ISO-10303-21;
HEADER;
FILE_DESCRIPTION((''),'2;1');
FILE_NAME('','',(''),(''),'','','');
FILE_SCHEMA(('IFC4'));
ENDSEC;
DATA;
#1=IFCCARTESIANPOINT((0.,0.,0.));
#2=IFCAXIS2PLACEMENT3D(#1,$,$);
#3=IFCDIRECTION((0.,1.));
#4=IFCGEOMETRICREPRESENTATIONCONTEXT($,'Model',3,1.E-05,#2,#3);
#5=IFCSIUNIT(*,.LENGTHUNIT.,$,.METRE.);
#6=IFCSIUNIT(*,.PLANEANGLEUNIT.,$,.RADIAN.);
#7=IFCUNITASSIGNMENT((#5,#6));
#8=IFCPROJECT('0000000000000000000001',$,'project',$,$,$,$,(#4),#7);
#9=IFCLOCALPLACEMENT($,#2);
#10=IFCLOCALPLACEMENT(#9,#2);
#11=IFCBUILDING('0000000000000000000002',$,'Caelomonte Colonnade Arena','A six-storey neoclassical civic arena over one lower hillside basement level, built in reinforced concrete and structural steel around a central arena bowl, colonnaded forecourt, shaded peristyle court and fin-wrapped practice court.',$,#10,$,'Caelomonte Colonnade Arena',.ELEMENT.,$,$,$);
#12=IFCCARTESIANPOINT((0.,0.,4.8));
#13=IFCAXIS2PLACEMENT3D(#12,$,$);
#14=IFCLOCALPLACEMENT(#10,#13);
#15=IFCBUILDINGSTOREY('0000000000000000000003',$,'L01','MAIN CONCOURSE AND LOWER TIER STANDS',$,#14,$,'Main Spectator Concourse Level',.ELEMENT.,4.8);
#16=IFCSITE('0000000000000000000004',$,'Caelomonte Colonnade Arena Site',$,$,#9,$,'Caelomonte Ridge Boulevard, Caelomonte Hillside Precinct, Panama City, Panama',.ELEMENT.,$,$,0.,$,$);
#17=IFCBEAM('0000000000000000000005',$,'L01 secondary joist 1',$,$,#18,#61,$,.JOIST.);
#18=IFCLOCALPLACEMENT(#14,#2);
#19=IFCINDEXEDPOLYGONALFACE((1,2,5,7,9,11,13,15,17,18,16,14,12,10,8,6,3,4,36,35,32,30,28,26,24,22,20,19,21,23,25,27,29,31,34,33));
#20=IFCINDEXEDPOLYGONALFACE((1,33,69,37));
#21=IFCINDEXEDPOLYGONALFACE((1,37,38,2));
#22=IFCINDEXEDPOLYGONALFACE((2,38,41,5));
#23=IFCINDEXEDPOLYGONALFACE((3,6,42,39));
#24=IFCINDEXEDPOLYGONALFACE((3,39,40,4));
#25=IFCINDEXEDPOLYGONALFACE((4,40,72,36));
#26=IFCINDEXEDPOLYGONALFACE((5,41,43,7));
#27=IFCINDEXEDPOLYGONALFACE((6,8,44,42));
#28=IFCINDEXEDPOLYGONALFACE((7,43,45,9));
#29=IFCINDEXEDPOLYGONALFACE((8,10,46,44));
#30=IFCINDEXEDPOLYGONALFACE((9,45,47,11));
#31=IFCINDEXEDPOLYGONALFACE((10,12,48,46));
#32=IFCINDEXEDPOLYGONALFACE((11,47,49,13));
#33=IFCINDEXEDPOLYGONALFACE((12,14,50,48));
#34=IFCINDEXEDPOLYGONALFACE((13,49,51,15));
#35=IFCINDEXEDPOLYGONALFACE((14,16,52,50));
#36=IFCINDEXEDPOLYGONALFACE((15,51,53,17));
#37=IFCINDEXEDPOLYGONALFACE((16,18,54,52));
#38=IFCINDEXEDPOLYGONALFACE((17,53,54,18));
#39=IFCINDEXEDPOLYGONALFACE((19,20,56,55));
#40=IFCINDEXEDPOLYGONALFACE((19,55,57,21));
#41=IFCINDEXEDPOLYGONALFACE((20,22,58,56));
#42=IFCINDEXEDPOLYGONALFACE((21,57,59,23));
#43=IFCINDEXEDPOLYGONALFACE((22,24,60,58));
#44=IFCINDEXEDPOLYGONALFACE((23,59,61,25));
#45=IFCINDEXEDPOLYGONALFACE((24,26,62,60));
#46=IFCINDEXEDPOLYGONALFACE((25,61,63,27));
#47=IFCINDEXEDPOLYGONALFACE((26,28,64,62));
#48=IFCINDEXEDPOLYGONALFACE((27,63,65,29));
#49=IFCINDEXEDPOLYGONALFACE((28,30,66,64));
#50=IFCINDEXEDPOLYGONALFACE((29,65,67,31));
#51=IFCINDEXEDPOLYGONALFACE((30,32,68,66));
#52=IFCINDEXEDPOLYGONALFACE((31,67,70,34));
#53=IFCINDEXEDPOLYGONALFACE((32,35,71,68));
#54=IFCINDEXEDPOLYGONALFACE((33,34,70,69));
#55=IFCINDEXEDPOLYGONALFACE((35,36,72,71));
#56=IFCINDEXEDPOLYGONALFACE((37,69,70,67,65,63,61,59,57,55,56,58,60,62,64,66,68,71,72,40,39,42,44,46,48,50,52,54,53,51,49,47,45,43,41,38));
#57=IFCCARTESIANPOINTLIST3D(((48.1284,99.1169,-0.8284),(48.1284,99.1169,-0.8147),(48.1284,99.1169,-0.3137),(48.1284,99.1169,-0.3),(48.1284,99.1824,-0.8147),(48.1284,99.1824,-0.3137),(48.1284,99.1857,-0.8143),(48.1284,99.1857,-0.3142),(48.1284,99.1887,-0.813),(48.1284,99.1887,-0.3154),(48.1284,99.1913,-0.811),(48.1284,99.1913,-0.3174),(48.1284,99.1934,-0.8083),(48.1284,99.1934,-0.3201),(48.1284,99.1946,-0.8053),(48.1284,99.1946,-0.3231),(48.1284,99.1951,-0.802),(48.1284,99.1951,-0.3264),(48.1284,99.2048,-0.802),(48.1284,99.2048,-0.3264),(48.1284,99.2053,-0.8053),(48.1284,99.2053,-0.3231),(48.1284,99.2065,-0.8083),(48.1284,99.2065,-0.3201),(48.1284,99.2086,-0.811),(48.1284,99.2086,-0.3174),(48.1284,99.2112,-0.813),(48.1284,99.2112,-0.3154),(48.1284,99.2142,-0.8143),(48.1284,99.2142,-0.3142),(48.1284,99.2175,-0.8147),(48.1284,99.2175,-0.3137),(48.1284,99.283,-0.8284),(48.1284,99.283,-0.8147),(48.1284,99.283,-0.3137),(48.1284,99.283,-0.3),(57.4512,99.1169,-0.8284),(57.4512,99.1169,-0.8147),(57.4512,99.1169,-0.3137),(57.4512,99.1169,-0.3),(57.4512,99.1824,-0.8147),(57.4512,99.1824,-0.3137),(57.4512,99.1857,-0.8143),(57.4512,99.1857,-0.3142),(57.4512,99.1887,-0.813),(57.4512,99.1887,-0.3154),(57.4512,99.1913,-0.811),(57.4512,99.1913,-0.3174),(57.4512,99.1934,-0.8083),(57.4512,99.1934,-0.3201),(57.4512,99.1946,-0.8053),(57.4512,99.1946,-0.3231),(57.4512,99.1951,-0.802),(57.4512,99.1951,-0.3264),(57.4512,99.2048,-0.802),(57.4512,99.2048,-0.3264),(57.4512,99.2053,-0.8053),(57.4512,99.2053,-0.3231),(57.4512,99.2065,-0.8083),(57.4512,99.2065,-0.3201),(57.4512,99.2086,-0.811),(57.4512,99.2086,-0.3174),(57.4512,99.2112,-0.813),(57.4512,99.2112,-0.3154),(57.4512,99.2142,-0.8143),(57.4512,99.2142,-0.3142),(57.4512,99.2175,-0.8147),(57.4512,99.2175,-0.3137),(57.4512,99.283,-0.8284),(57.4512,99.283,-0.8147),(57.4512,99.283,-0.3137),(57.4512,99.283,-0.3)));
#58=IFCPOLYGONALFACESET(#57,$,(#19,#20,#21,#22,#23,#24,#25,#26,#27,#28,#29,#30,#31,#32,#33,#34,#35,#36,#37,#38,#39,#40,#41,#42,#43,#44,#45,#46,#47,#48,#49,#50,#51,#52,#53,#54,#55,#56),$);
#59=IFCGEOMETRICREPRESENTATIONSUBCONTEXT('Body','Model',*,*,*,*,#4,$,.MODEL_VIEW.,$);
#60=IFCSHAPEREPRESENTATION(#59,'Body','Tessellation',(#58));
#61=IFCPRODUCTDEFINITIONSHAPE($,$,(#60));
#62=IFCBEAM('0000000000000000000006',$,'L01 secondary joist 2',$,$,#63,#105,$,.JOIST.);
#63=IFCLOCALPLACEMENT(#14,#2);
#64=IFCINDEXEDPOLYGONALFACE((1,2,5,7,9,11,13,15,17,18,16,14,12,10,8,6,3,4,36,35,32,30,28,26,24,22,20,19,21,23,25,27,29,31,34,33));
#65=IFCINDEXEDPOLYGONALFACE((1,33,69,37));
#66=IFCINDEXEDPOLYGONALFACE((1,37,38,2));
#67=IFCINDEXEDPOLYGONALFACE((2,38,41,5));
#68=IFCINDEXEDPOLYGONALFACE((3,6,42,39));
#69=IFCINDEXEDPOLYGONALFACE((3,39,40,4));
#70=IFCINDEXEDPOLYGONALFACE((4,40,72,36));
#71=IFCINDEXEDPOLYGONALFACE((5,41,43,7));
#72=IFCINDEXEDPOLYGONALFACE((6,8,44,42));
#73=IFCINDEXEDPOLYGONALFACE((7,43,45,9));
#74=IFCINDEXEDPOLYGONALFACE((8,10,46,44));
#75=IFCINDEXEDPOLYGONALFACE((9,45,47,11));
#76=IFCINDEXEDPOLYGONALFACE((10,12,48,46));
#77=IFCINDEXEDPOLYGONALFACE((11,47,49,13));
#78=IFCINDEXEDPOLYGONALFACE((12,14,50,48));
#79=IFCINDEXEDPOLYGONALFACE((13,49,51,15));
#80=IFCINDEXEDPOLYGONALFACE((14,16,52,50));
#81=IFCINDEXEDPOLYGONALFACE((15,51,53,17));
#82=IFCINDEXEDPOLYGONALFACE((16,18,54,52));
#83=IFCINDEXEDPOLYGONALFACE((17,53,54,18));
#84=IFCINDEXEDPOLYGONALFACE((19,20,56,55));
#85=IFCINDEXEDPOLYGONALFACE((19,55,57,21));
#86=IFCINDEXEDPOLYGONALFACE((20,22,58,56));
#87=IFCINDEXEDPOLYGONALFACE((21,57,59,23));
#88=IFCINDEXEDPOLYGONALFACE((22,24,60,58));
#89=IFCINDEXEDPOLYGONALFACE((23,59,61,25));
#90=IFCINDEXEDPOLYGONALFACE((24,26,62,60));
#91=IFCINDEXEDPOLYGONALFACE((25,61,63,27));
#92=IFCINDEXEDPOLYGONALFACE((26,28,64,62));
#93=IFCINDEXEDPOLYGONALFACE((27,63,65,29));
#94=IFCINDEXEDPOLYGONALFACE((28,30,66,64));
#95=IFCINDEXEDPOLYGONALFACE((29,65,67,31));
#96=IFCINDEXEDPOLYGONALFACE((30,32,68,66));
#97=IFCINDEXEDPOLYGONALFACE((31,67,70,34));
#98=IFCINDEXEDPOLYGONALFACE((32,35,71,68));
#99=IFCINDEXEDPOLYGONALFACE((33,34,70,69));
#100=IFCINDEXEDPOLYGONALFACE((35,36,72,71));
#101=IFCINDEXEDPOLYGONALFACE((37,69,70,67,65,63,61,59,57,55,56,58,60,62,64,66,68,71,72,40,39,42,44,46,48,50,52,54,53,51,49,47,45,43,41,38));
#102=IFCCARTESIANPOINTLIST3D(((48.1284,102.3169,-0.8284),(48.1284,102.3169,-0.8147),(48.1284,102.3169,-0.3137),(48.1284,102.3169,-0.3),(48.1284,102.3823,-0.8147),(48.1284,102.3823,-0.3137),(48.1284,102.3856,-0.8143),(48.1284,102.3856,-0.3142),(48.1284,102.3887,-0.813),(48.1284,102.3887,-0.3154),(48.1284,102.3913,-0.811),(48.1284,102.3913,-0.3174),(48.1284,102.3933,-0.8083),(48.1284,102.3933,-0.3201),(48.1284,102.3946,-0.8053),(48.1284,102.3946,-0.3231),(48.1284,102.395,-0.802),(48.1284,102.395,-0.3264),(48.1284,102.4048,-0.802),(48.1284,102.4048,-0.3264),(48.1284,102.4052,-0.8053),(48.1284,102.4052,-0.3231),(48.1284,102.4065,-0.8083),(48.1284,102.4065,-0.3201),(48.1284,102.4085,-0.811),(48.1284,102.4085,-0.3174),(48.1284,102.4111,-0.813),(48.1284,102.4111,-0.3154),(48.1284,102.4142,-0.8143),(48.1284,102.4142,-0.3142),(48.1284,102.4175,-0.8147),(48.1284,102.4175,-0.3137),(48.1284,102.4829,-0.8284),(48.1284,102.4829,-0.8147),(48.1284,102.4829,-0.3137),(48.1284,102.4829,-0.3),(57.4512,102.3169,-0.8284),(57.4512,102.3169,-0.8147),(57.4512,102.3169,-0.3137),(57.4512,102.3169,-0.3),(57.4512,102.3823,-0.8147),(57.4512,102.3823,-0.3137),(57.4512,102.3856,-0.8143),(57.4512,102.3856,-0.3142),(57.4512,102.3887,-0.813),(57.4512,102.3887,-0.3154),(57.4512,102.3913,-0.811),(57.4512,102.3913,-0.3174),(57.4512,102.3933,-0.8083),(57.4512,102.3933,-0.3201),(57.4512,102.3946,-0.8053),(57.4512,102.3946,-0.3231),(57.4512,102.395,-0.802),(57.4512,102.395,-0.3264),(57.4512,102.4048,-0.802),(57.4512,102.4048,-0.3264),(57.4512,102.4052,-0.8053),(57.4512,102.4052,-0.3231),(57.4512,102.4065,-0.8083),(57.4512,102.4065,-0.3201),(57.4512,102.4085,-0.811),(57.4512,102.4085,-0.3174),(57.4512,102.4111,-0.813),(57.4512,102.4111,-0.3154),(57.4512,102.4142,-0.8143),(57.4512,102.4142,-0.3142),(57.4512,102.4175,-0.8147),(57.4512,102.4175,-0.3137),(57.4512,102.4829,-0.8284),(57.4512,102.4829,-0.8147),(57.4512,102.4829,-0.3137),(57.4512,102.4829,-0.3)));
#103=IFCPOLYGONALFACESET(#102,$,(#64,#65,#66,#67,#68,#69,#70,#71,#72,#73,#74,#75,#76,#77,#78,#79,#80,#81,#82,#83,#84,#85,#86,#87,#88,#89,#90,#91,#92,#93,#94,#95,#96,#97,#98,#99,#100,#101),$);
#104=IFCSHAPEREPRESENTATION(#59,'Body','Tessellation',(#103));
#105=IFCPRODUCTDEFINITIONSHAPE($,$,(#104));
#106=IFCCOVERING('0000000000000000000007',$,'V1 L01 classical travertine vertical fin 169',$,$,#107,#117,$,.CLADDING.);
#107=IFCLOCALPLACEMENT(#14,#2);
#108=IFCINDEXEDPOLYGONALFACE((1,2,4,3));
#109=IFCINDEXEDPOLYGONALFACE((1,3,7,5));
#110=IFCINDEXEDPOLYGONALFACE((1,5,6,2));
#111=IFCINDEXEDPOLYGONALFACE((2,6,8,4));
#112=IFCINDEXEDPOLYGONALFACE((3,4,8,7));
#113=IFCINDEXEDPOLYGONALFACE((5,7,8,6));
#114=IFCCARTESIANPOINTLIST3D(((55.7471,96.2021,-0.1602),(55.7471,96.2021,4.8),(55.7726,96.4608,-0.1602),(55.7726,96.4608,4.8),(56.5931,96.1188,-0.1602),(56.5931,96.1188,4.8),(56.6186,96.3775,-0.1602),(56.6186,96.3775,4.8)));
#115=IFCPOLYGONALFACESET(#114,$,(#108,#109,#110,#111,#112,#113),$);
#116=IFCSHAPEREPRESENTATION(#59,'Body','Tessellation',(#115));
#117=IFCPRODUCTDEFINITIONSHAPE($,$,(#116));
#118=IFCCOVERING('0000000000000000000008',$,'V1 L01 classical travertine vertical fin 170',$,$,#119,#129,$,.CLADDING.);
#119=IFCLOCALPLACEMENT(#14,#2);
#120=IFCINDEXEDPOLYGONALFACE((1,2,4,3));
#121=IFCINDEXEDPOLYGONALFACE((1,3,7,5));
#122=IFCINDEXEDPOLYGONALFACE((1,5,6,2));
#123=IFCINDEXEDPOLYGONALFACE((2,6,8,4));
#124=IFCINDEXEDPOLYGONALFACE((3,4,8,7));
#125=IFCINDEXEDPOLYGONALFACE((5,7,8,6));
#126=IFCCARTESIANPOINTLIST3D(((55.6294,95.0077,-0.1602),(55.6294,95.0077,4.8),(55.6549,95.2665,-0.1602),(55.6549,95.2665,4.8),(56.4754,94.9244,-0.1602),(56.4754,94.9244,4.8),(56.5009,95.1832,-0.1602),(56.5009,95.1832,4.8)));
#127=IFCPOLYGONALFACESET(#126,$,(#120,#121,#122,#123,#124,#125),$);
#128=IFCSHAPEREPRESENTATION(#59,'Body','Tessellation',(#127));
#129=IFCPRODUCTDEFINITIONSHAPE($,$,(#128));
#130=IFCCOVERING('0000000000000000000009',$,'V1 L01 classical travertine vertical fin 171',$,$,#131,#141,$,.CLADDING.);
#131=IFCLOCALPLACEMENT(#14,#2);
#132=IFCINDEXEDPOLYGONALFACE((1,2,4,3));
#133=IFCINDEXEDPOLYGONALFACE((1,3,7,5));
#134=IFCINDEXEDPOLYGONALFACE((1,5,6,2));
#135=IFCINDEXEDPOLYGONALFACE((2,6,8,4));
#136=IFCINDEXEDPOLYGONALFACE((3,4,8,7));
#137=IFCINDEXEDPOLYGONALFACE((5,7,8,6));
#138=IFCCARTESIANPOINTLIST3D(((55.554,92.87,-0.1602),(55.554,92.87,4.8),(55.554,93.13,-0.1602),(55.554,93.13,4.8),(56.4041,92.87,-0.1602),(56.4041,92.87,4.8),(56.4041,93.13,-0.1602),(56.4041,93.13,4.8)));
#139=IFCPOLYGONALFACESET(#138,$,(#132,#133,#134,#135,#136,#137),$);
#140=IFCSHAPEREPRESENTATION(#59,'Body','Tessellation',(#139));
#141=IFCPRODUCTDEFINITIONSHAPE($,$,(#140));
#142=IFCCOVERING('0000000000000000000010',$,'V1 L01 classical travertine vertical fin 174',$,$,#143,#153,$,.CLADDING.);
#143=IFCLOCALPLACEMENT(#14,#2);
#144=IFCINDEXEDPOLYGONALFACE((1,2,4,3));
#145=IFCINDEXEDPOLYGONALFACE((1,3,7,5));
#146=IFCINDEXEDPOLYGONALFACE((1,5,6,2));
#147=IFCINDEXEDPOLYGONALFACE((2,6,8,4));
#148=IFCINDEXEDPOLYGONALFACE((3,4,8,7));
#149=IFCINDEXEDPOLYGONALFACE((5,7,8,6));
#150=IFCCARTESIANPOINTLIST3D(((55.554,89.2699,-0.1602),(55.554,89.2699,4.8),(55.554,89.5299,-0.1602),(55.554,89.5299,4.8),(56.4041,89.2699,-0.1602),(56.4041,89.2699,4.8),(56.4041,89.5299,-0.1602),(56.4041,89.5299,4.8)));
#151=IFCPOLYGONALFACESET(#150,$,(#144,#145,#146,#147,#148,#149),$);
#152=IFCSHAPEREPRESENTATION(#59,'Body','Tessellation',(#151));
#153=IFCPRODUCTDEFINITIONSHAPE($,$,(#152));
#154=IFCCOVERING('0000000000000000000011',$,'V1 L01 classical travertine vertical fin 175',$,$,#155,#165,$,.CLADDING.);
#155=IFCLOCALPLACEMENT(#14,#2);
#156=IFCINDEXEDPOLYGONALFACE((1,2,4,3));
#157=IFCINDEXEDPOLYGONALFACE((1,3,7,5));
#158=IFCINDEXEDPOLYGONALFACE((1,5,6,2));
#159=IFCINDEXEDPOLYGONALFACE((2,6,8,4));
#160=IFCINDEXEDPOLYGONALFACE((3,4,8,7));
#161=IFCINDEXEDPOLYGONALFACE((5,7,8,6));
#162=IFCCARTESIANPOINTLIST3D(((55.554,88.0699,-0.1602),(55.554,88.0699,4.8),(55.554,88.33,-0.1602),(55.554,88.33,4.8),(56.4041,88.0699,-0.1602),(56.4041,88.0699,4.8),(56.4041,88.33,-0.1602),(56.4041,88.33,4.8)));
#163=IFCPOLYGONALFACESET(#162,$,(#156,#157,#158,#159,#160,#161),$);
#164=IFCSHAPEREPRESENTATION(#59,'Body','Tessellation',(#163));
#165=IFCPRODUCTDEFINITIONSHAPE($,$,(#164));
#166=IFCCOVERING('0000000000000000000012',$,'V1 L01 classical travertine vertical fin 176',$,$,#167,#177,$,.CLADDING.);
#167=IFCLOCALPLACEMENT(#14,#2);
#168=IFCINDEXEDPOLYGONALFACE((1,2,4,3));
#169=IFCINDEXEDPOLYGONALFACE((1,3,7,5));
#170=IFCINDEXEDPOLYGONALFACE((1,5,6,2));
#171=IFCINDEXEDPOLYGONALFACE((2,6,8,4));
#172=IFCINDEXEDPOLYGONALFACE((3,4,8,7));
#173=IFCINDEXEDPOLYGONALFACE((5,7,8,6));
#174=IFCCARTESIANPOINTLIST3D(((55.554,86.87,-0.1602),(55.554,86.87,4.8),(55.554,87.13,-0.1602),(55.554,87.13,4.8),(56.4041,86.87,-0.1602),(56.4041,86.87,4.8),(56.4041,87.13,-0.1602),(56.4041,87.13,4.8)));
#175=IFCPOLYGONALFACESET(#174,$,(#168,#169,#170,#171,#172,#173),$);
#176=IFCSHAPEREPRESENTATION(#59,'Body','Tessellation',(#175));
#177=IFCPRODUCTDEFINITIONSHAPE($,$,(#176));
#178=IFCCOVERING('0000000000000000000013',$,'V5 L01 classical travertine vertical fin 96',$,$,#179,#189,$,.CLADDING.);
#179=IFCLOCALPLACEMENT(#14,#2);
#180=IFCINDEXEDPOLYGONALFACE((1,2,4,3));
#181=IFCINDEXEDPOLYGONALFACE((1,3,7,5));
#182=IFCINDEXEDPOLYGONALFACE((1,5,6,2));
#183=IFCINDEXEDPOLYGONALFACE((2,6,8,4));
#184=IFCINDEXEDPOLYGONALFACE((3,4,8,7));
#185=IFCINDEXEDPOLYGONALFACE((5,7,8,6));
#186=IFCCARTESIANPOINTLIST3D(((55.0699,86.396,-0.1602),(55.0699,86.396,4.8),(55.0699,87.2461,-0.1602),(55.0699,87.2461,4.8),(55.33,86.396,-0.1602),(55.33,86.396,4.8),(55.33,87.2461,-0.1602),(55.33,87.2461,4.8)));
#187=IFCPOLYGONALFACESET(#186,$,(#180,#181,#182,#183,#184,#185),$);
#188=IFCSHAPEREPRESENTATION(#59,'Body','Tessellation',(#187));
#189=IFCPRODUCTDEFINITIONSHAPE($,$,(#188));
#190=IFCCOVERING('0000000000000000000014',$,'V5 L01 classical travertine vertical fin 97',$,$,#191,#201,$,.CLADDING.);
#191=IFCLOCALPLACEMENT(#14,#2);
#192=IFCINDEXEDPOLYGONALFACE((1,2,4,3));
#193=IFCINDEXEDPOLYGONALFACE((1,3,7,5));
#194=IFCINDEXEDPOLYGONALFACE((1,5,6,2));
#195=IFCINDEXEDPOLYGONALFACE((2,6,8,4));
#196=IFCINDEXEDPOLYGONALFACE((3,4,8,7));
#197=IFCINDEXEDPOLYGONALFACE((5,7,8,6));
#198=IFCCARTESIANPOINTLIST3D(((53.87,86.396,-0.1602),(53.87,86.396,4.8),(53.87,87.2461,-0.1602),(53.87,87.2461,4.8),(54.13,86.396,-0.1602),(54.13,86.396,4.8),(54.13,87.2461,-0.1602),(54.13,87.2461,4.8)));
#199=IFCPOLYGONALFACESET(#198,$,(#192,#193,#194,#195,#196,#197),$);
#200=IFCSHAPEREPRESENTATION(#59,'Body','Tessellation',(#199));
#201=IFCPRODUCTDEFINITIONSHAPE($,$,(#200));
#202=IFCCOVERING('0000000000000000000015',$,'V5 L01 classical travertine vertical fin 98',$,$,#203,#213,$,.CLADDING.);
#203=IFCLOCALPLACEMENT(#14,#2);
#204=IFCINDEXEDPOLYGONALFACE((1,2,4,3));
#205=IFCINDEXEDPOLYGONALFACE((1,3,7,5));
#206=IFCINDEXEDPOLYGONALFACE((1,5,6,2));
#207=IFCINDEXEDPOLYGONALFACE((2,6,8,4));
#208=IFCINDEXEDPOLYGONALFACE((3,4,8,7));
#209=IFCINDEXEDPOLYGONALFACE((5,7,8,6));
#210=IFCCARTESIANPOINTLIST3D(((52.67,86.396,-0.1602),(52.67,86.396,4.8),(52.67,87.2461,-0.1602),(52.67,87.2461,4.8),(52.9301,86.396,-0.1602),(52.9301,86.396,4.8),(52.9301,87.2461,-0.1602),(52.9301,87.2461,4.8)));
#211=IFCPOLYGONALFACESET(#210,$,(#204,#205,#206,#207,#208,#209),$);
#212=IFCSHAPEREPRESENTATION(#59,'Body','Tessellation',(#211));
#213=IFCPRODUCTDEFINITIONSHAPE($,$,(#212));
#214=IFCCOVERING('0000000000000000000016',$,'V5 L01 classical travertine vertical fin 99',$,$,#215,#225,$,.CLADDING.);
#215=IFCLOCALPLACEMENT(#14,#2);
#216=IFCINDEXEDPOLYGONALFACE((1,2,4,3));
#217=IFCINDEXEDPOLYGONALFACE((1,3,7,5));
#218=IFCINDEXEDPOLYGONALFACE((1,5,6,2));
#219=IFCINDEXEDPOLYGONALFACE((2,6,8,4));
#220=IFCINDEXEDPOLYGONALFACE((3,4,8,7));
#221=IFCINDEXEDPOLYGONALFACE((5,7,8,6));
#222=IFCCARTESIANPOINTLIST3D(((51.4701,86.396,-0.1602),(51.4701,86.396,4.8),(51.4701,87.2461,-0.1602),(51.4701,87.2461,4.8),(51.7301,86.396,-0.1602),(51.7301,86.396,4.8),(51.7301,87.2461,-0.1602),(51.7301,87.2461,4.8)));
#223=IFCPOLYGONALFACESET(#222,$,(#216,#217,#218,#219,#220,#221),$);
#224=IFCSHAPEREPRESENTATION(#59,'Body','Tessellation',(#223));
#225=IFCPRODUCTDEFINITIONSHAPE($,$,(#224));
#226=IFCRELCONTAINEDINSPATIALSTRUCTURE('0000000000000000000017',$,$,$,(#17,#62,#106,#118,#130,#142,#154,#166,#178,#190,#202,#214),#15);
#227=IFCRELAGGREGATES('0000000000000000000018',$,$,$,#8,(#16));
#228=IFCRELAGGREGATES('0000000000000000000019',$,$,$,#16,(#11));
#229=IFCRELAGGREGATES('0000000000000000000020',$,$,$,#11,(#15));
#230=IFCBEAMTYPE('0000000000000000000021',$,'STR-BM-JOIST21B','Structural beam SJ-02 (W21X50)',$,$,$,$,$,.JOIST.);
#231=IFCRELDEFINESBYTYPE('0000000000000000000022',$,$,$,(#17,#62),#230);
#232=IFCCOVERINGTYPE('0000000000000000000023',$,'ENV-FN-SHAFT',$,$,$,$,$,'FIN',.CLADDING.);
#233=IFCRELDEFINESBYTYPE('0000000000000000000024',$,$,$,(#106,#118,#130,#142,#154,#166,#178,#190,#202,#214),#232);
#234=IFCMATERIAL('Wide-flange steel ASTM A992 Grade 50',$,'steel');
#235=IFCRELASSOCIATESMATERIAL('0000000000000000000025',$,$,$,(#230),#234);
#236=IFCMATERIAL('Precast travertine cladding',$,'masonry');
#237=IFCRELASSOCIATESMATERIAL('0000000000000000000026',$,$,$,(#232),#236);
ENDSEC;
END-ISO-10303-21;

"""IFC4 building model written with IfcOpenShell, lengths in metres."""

from ifc_helpers import new_model, si_unit, direction, frame, origin, origin_2d, place, context, subcontext, project, spatial, rectangle, i_section, extrude, material, material_profile, profile_set, type_object, element, save


model = new_model("IFC4")

# Units and contexts
model_context = context("Model", 3, precision=1e-05, world=origin(), true_north=direction((0.0, 1.0)))
body_context = subcontext(model_context, "Body", "Model", "MODEL_VIEW")
ifc_project = project(units=[si_unit("LENGTHUNIT", "METRE"), si_unit("PLANEANGLEUNIT", "RADIAN")], contexts=[model_context])

# Site, building, storey
site_placement = place(None, origin())
site = spatial("IfcSite", under=ifc_project, at=site_placement, Name="Caelomonte Colonnade Arena Site", LongName="Caelomonte Ridge Boulevard, Caelomonte Hillside Precinct, Panama City, Panama", CompositionType="ELEMENT", RefElevation=0.0)
building_placement = place(site_placement, origin())
building = spatial("IfcBuilding", under=site, at=building_placement, Name="Caelomonte Colonnade Arena", Description="A six-storey neoclassical civic arena over one lower hillside basement level, built in reinforced concrete and structural steel around a central arena bowl, colonnaded forecourt, shaded peristyle court and fin-wrapped practice court.", LongName="Caelomonte Colonnade Arena", CompositionType="ELEMENT")
storey_placement = place(building_placement, frame((0.0, 0.0, 4.8)))
storey = spatial("IfcBuildingStorey", under=building, at=storey_placement, Name="L01", Description="MAIN CONCOURSE AND LOWER TIER STANDS", LongName="Main Spectator Concourse Level", CompositionType="ELEMENT", Elevation=4.8)

# Beams
ifc_material_1 = material(Name="Wide-flange steel ASTM A992 Grade 50", Category="steel")
ifc_material_profile_1 = material_profile(ifc_material_1, i_section(OverallWidth=0.166, OverallDepth=0.5283, WebThickness=0.0098, FlangeThickness=0.0137, FilletRadius=0.0127, at=origin_2d()), Name="W21X50")
ifc_profile_set_1 = profile_set([ifc_material_profile_1], Name="Wide-flange steel ASTM A992 Grade 50")
beam_type_1 = type_object("IfcBeamType", Name="STR-BM-JOIST21B", Description="Structural beam SJ-02 (W21X50)", PredefinedType="JOIST", material=ifc_profile_set_1)
for number, where, z_axis, x_axis, name in (
    (1, (48.1284, 99.2, -0.5642), (1.0, 0.0, 0.0), (0.0, 1.0, 0.0), "L01 secondary joist 1"),
    (2, (48.1284, 102.3999, -0.5642), (1.0, 0.0, 0.0), (0.0, 1.0, 0.0), "L01 secondary joist 2"),
):
    element("IfcBeam", number, at=place(storey_placement, frame(where, z_axis=z_axis, x_axis=x_axis)), inside=storey, type_object=beam_type_1, Name=name, PredefinedType="JOIST", context=body_context, shape_type="SweptSolid", body=[
        extrude(i_section(OverallWidth=0.166, OverallDepth=0.5283, WebThickness=0.0098, FlangeThickness=0.0137, FilletRadius=0.0127, at=origin_2d()), origin(), (0.0, 0.0, 1.0), 9.3228),
    ])

# Coverings
ifc_material_2 = material(Name="Precast travertine cladding", Category="masonry")
ifc_material_profile_2 = material_profile(ifc_material_2, rectangle(XDim=0.26, YDim=0.8501, at=origin_2d()), Name="FIN260X850")
ifc_profile_set_2 = profile_set([ifc_material_profile_2], Name="Precast travertine cladding")
covering_type = type_object("IfcCoveringType", Name="ENV-FN-SHAFT", ElementType="FIN", PredefinedType="CLADDING", material=ifc_profile_set_2)
for number, where, z_axis, x_axis, name in (
    (3, (56.1829, 96.2898, -0.1602), (0.0, 0.0, 1.0), (0.098015, 0.995185, 0.0), "V1 L01 classical travertine vertical fin 169"),
    (4, (56.0652, 95.0955, -0.1602), (0.0, 0.0, 1.0), (0.098015, 0.995185, 0.0), "V1 L01 classical travertine vertical fin 170"),
    (5, (55.979, 93.0, -0.1602), (0.0, 0.0, 1.0), (0.0, 1.0, 0.0), "V1 L01 classical travertine vertical fin 171"),
    (6, (55.979, 89.3999, -0.1602), (0.0, 0.0, 1.0), (0.0, 1.0, 0.0), "V1 L01 classical travertine vertical fin 174"),
    (7, (55.979, 88.2, -0.1602), (0.0, 0.0, 1.0), (0.0, 1.0, 0.0), "V1 L01 classical travertine vertical fin 175"),
    (8, (55.979, 87.0, -0.1602), (0.0, 0.0, 1.0), (0.0, 1.0, 0.0), "V1 L01 classical travertine vertical fin 176"),
    (9, (55.2, 86.821, -0.1602), (0.0, 0.0, 1.0), (1.0, 0.0, 0.0), "V5 L01 classical travertine vertical fin 96"),
    (10, (54.0, 86.821, -0.1602), (0.0, 0.0, 1.0), (1.0, 0.0, 0.0), "V5 L01 classical travertine vertical fin 97"),
    (11, (52.8, 86.821, -0.1602), (0.0, 0.0, 1.0), (1.0, 0.0, 0.0), "V5 L01 classical travertine vertical fin 98"),
    (12, (51.6001, 86.821, -0.1602), (0.0, 0.0, 1.0), (1.0, 0.0, 0.0), "V5 L01 classical travertine vertical fin 99"),
):
    element("IfcCovering", number, at=place(storey_placement, frame(where, z_axis=z_axis, x_axis=x_axis)), inside=storey, type_object=covering_type, Name=name, PredefinedType="CLADDING", context=body_context, shape_type="SweptSolid", body=[
        extrude(rectangle(XDim=0.26, YDim=0.8501, at=origin_2d()), origin(), (0.0, 0.0, 1.0), 4.9602),
    ])

save(model, "model.ifc")
